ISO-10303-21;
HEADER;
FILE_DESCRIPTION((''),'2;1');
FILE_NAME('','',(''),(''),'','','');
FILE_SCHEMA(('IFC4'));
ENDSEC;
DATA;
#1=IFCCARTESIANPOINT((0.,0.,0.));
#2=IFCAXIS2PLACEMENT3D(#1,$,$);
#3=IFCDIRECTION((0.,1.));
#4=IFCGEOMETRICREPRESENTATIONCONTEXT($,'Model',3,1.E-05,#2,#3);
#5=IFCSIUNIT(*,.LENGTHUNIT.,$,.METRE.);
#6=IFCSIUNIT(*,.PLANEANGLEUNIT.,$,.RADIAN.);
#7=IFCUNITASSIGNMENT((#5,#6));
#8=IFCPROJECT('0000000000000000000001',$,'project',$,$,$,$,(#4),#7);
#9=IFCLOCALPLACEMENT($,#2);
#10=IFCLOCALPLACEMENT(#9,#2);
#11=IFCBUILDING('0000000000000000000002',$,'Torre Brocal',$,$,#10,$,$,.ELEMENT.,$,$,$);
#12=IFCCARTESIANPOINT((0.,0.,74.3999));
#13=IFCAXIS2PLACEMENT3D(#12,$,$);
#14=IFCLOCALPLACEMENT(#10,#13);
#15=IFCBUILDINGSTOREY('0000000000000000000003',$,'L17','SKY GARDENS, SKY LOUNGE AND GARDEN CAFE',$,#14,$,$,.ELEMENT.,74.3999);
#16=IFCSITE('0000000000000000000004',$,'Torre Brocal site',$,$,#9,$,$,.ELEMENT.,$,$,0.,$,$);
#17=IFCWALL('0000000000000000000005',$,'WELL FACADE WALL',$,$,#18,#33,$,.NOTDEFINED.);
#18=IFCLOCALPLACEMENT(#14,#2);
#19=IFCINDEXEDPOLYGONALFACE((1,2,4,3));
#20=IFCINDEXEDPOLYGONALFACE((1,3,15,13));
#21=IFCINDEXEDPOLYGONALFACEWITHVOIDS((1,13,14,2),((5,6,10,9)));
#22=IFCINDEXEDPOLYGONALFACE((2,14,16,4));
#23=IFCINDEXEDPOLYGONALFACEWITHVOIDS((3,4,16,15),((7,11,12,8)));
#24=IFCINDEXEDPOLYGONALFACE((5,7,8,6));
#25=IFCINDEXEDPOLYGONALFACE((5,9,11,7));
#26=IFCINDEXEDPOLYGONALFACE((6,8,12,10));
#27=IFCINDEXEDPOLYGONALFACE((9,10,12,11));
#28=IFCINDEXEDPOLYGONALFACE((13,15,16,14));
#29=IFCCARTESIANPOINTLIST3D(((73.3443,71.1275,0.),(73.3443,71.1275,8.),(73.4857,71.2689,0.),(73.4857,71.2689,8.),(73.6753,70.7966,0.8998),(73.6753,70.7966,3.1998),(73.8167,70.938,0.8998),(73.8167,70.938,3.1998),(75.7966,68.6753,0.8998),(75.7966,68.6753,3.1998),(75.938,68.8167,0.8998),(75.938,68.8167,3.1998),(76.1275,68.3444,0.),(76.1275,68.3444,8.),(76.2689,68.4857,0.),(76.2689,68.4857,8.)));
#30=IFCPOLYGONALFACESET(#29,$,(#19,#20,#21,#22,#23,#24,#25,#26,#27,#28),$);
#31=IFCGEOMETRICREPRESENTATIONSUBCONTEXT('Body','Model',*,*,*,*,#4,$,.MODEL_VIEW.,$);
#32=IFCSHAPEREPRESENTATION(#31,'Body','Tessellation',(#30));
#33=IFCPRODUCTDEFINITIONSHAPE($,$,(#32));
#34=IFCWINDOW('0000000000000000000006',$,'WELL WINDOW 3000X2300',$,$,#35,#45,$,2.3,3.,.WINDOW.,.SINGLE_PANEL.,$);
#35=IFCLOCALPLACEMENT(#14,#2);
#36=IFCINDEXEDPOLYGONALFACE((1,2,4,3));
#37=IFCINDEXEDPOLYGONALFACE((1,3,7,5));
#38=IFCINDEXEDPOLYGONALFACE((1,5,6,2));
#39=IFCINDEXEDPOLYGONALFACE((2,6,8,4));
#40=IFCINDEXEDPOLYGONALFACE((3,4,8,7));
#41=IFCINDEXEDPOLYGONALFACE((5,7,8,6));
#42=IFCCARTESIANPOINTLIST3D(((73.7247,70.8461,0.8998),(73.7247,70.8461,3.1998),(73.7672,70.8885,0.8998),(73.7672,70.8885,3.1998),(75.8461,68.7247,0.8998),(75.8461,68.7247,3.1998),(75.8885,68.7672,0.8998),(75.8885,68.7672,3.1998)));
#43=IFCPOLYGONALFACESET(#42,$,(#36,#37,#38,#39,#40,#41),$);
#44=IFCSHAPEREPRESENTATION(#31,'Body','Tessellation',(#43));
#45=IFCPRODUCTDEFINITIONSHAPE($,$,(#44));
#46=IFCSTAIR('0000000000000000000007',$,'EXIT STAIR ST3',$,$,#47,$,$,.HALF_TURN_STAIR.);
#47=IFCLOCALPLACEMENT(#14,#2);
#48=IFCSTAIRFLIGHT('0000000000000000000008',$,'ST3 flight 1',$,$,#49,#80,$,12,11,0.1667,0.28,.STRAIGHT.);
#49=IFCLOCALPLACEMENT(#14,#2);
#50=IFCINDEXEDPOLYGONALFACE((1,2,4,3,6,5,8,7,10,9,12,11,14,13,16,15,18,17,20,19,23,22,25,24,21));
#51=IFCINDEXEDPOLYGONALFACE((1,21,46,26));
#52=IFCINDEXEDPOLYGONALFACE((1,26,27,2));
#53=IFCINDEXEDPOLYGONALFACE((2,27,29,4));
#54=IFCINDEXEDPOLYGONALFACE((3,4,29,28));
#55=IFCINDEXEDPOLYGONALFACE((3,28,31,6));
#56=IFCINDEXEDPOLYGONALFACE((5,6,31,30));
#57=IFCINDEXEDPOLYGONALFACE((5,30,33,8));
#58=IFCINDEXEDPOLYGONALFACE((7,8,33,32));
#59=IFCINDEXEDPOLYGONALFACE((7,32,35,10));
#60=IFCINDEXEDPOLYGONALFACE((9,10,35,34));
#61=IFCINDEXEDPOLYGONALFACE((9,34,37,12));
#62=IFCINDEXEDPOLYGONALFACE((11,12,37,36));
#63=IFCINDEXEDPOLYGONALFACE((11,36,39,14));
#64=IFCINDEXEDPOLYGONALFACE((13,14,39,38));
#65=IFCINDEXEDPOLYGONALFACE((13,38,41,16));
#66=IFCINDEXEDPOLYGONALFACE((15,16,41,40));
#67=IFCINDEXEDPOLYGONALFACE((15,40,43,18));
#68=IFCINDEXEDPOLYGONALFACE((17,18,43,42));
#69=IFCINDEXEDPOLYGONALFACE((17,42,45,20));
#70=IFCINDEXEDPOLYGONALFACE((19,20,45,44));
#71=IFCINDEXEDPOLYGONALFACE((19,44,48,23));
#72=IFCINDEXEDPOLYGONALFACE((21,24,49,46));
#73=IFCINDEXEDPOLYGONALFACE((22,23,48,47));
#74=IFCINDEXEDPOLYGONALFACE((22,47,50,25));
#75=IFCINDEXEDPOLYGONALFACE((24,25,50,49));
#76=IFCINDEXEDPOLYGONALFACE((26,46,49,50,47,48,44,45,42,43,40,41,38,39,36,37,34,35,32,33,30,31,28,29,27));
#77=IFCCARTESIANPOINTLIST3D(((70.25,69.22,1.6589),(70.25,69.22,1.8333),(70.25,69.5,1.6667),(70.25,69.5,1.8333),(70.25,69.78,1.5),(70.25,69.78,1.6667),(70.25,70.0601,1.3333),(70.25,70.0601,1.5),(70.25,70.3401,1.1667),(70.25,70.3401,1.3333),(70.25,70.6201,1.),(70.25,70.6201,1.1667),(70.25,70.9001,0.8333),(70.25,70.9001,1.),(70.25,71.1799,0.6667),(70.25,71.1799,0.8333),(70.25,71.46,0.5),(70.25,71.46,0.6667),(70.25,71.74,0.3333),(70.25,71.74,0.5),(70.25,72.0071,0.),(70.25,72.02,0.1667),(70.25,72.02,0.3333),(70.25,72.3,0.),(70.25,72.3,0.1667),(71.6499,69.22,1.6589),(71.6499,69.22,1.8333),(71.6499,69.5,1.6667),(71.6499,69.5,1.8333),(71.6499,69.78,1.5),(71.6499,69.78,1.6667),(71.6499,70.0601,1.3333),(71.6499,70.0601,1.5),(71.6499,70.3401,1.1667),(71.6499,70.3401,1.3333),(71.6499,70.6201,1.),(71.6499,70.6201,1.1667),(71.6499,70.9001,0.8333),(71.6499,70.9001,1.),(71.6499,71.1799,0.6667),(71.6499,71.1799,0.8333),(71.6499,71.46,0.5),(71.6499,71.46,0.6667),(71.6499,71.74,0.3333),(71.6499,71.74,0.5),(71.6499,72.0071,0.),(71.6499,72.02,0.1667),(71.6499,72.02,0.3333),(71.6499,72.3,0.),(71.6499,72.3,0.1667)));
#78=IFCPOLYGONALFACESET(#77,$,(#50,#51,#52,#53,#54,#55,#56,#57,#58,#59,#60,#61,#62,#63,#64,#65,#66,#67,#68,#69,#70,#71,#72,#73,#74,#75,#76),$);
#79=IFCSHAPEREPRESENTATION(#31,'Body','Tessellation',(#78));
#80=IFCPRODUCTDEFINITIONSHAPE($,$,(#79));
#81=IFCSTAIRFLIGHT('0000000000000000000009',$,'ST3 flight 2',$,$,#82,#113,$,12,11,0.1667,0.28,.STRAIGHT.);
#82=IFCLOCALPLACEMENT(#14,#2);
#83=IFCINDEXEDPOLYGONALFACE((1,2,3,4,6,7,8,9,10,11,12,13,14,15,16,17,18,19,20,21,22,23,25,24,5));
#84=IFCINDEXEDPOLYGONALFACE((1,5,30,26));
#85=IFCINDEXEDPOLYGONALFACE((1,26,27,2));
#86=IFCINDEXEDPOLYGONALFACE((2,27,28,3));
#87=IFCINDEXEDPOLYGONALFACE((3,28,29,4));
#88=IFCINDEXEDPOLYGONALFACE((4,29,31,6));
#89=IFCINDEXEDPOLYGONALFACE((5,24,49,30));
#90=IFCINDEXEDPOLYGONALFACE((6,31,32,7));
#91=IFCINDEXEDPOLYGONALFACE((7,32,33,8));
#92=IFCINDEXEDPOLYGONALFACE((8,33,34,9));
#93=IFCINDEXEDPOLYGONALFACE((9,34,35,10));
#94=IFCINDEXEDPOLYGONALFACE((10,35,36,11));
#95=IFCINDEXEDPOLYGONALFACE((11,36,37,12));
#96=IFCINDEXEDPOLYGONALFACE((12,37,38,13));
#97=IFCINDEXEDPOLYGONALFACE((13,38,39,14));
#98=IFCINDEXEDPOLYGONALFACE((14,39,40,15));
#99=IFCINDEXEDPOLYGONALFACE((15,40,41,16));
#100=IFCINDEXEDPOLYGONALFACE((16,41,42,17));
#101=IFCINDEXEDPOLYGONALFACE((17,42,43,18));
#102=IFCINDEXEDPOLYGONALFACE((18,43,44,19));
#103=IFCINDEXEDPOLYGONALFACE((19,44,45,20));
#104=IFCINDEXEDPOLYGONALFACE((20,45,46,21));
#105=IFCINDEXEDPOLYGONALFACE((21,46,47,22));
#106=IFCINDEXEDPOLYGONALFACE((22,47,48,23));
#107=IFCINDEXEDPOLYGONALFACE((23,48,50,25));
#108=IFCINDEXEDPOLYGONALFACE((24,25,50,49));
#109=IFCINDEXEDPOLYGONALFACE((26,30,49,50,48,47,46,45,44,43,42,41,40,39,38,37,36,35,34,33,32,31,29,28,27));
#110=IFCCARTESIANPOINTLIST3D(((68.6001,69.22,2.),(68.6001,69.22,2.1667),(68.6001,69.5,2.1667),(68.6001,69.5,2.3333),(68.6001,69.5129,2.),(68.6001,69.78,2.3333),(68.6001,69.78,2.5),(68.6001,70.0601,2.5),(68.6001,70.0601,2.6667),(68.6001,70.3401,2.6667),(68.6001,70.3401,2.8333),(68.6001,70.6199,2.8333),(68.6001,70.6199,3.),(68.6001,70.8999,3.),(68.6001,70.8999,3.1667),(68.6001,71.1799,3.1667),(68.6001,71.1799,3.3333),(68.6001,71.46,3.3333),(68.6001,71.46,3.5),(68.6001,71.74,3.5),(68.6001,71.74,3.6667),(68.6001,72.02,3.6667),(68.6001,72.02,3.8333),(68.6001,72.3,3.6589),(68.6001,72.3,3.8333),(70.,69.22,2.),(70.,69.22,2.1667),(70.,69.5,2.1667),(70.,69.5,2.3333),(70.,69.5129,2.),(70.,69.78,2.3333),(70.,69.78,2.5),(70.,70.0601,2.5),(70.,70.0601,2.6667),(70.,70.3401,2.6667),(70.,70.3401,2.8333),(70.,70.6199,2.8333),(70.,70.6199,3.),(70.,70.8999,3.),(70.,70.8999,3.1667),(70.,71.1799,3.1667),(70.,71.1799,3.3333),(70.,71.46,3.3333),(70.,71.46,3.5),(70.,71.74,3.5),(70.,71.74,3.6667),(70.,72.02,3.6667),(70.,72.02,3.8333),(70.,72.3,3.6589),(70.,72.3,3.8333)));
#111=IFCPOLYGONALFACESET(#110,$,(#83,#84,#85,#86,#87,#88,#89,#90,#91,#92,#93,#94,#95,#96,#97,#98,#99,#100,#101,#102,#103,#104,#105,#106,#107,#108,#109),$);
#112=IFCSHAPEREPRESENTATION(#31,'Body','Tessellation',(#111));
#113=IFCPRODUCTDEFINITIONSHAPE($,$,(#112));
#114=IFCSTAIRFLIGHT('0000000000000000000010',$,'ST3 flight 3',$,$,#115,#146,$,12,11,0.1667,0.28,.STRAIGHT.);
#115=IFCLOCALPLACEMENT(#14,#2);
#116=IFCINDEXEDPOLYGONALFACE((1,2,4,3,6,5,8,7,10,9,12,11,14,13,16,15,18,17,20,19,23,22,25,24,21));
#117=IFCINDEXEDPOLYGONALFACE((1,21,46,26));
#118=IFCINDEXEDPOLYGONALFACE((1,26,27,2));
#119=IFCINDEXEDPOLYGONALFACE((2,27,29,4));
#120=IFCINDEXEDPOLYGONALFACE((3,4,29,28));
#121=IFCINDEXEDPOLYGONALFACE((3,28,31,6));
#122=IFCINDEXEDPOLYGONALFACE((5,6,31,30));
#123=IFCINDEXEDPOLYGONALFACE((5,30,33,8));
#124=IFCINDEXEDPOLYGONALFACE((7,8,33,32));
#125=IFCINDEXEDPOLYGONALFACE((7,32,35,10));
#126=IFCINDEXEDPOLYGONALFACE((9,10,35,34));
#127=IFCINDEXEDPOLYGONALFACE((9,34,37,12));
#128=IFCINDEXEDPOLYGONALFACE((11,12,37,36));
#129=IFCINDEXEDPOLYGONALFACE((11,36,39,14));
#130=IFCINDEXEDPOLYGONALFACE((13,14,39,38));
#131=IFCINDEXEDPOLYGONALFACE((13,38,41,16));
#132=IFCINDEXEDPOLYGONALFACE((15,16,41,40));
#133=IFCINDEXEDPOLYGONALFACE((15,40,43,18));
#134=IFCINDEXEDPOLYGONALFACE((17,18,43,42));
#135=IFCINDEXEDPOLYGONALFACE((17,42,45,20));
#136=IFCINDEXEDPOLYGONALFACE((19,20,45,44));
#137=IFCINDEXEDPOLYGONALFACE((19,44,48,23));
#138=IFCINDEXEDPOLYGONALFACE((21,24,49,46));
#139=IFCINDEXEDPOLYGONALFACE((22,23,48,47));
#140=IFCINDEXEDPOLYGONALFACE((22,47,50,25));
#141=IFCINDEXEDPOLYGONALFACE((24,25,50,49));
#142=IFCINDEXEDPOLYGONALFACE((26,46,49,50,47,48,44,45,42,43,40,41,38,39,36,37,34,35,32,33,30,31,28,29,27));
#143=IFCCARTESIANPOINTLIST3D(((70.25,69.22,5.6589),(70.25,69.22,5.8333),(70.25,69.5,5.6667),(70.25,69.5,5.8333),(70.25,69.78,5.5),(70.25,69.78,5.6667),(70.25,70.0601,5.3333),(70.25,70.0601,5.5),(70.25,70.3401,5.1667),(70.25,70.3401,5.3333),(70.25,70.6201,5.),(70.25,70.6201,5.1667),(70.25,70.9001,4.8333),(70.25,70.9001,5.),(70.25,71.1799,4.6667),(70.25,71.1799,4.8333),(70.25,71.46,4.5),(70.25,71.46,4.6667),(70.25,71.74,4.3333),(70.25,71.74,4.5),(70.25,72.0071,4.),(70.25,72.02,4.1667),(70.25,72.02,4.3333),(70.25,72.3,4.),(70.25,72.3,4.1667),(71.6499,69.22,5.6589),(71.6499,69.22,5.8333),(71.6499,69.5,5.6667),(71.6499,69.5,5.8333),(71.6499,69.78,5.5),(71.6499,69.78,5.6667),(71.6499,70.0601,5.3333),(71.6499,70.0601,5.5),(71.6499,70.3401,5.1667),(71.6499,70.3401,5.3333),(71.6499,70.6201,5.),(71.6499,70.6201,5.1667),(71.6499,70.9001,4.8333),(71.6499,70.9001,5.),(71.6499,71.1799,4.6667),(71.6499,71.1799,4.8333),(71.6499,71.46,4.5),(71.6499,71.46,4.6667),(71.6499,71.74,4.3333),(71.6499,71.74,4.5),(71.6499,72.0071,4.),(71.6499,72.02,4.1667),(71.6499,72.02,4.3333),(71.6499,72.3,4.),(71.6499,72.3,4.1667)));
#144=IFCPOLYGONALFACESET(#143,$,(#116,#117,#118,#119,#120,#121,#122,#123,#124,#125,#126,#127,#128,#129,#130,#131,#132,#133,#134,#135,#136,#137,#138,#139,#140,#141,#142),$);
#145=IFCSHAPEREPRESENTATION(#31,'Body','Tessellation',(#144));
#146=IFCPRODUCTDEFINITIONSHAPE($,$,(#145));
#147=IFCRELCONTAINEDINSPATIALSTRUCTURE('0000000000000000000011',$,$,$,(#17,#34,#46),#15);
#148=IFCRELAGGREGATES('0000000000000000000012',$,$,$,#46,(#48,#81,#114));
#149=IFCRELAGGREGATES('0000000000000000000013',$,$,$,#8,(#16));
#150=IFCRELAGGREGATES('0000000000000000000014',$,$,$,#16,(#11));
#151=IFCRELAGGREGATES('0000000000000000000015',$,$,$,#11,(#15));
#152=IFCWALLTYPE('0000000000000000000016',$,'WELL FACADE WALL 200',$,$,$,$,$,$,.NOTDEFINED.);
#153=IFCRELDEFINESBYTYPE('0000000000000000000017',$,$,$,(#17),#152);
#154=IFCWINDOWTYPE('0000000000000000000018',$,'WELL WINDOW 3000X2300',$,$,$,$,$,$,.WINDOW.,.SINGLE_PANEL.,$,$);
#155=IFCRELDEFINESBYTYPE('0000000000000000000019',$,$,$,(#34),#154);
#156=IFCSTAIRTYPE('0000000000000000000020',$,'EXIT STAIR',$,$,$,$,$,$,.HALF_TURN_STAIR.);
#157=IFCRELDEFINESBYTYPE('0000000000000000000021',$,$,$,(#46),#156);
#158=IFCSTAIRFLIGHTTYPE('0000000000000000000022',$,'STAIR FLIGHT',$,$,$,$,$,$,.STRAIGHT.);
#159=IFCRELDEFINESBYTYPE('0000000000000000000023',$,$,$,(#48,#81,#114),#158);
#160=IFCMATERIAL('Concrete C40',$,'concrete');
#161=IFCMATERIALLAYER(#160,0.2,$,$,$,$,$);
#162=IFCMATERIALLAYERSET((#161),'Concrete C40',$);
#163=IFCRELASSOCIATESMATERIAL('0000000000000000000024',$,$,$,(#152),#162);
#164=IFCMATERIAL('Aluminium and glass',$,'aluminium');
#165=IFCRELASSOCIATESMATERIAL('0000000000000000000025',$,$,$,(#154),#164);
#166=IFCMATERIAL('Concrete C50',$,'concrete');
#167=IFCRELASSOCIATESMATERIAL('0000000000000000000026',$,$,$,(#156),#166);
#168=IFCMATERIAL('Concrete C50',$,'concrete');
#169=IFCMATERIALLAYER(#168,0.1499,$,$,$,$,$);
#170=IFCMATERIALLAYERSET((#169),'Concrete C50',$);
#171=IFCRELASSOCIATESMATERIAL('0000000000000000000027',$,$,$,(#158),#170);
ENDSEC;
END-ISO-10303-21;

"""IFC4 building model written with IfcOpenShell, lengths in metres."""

from ifc_helpers import new_model, si_unit, direction, frame, frame_2d, origin, place, context, subcontext, project, spatial, polyline, rectangle, outline, extrude, material, layer, layer_set, type_object, element, fill, aggregate, save


model = new_model("IFC4")

# Units and contexts
model_context = context("Model", 3, precision=1e-05, world=origin(), true_north=direction((0.0, 1.0)))
body_context = subcontext(model_context, "Body", "Model", "MODEL_VIEW")
ifc_project = project(units=[si_unit("LENGTHUNIT", "METRE"), si_unit("PLANEANGLEUNIT", "RADIAN")], contexts=[model_context])

# Site, building, storey
site_placement = place(None, origin())
site = spatial("IfcSite", under=ifc_project, at=site_placement, Name="Torre Brocal site", CompositionType="ELEMENT", RefElevation=0.0)
building_placement = place(site_placement, origin())
building = spatial("IfcBuilding", under=site, at=building_placement, Name="Torre Brocal", CompositionType="ELEMENT")
storey_placement = place(building_placement, frame((0.0, 0.0, 74.3999)))
storey = spatial("IfcBuildingStorey", under=building, at=storey_placement, Name="L17", Description="SKY GARDENS, SKY LOUNGE AND GARDEN CAFE", CompositionType="ELEMENT", Elevation=74.3999)

# Wall, opening, window
ifc_material_1 = material(Name="Concrete C40", Category="concrete")
ifc_layer_1 = layer(ifc_material_1, 0.2)
ifc_layer_set_1 = layer_set([ifc_layer_1], Name="Concrete C40")
wall_type_1 = type_object("IfcWallType", Name="WELL FACADE WALL 200", PredefinedType="NOTDEFINED", material=ifc_layer_set_1)
wall_1_placement = place(storey_placement, frame((73.415, 71.1982, 0.0), z_axis=(0.0, 0.0, 1.0), x_axis=(0.707107, -0.707107, 0.0)))
wall_1 = element("IfcWall", 1, at=wall_1_placement, inside=storey, type_object=wall_type_1, Name="WELL FACADE WALL", PredefinedType="NOTDEFINED", context=body_context, shape_type="SweptSolid", body=[
    extrude(rectangle(XDim=3.936, YDim=0.2, at=frame_2d((1.968, 0.0))), origin(), (0.0, 0.0, 1.0), 8.0),
])
opening_1_placement = place(wall_1_placement, frame((0.468, 0.0, 0.8999)))
opening_1 = element("IfcOpeningElement", 2, at=opening_1_placement, cuts=wall_1, PredefinedType="OPENING", context=body_context, shape_type="SweptSolid", body=[
    extrude(rectangle(XDim=3.0, YDim=2.3, at=frame_2d((1.5, 1.1499))), frame((0.0, 0.1099, 0.0), z_axis=(0.0, -1.0, 0.0), x_axis=(1.0, 0.0, 0.0)), (0.0, 0.0, 1.0), 0.22),
])
ifc_material_2 = material(Name="Aluminium and glass", Category="aluminium")
window_type_1 = type_object("IfcWindowType", Name="WELL WINDOW 3000X2300", PartitioningType="SINGLE_PANEL", PredefinedType="WINDOW", material=ifc_material_2)
window_1_placement = place(opening_1_placement, origin())
window_1 = element("IfcWindow", 3, at=window_1_placement, inside=storey, type_object=window_type_1, Name="WELL WINDOW 3000X2300", OverallHeight=2.3, OverallWidth=3.0, PartitioningType="SINGLE_PANEL", PredefinedType="WINDOW", context=body_context, shape_type="SweptSolid", body=[
    extrude(rectangle(XDim=3.0, YDim=2.3, at=frame_2d((1.5, 1.1499))), frame((0.0, 0.03, 0.0), z_axis=(0.0, -1.0, 0.0), x_axis=(1.0, 0.0, 0.0)), (0.0, 0.0, 1.0), 0.0601),
])
fill(opening_1, window_1)

# Stair, stair flights
ifc_material_3 = material(Name="Concrete C50", Category="concrete")
stair_type = type_object("IfcStairType", Name="EXIT STAIR", PredefinedType="HALF_TURN_STAIR", material=ifc_material_3)
stair_placement = place(storey_placement, origin())
stair = element("IfcStair", 4, at=stair_placement, inside=storey, type_object=stair_type, Name="EXIT STAIR ST3", PredefinedType="HALF_TURN_STAIR")
ifc_material_4 = material(Name="Concrete C50", Category="concrete")
ifc_layer_2 = layer(ifc_material_4, 0.1499)
ifc_layer_set_2 = layer_set([ifc_layer_2], Name="Concrete C50")
stair_flight_type = type_object("IfcStairFlightType", Name="STAIR FLIGHT", PredefinedType="STRAIGHT", material=ifc_layer_set_2)
stair_flight_1_placement = place(storey_placement, frame((70.95, 72.3, 0.0), z_axis=(0.0, 0.0, 1.0), x_axis=(0.0, -1.0, 0.0)))
stair_flight_1 = element("IfcStairFlight", 5, at=stair_flight_1_placement, type_object=stair_flight_type, Name="ST3 flight 1", NumberOfRisers=12, NumberOfTreads=11, PredefinedType="STRAIGHT", RiserHeight=0.1667, TreadLength=0.28, context=body_context, shape_type="SweptSolid", body=[
    extrude(outline(polyline([(0.0, 0.0), (0.0, 0.1667), (0.28, 0.1667), (0.28, 0.3333), (0.5601, 0.3333), (0.5601, 0.5), (0.8401, 0.5), (0.8401, 0.6667), (1.1201, 0.6667), (1.1201, 0.8333), (1.3999, 0.8333), (1.3999, 1.0), (1.6799, 1.0), (1.6799, 1.1667), (1.96, 1.1667), (1.96, 1.3333), (2.24, 1.3333), (2.24, 1.5), (2.52, 1.5), (2.52, 1.6667), (2.8, 1.6667), (2.8, 1.8333), (3.0801, 1.8333), (3.0801, 2.0), (3.0801, 1.6589), (0.293, 0.0), (0.0, 0.0)])), frame((0.0, 0.7, 0.0), z_axis=(0.0, -1.0, 0.0), x_axis=(1.0, 0.0, 0.0)), (0.0, 0.0, 1.0), 1.3999),
])
stair_flight_2_placement = place(storey_placement, frame((69.3, 69.22, 2.0), z_axis=(0.0, 0.0, 1.0), x_axis=(0.0, 1.0, 0.0)))
stair_flight_2 = element("IfcStairFlight", 6, at=stair_flight_2_placement, type_object=stair_flight_type, Name="ST3 flight 2", NumberOfRisers=12, NumberOfTreads=11, PredefinedType="STRAIGHT", RiserHeight=0.1667, TreadLength=0.28, context=body_context, shape_type="SweptSolid", body=[
    extrude(outline(polyline([(0.0, 0.0), (0.0, 0.1667), (0.28, 0.1667), (0.28, 0.3333), (0.5601, 0.3333), (0.5601, 0.5), (0.8401, 0.5), (0.8401, 0.6667), (1.1201, 0.6667), (1.1201, 0.8333), (1.3999, 0.8333), (1.3999, 1.0), (1.6799, 1.0), (1.6799, 1.1667), (1.96, 1.1667), (1.96, 1.3333), (2.24, 1.3333), (2.24, 1.5), (2.52, 1.5), (2.52, 1.6667), (2.8, 1.6667), (2.8, 1.8333), (3.0801, 1.8333), (3.0801, 2.0), (3.0801, 1.6589), (0.293, 0.0), (0.0, 0.0)])), frame((0.0, 0.7, 0.0), z_axis=(0.0, -1.0, 0.0), x_axis=(1.0, 0.0, 0.0)), (0.0, 0.0, 1.0), 1.3999),
])
stair_flight_3_placement = place(storey_placement, frame((70.95, 72.3, 4.0), z_axis=(0.0, 0.0, 1.0), x_axis=(0.0, -1.0, 0.0)))
stair_flight_3 = element("IfcStairFlight", 7, at=stair_flight_3_placement, type_object=stair_flight_type, Name="ST3 flight 3", NumberOfRisers=12, NumberOfTreads=11, PredefinedType="STRAIGHT", RiserHeight=0.1667, TreadLength=0.28, context=body_context, shape_type="SweptSolid", body=[
    extrude(outline(polyline([(0.0, 0.0), (0.0, 0.1667), (0.28, 0.1667), (0.28, 0.3333), (0.5601, 0.3333), (0.5601, 0.5), (0.8401, 0.5), (0.8401, 0.6667), (1.1201, 0.6667), (1.1201, 0.8333), (1.3999, 0.8333), (1.3999, 1.0), (1.6799, 1.0), (1.6799, 1.1667), (1.96, 1.1667), (1.96, 1.3333), (2.24, 1.3333), (2.24, 1.5), (2.52, 1.5), (2.52, 1.6667), (2.8, 1.6667), (2.8, 1.8333), (3.0801, 1.8333), (3.0801, 2.0), (3.0801, 1.6589), (0.293, 0.0), (0.0, 0.0)])), frame((0.0, 0.7, 0.0), z_axis=(0.0, -1.0, 0.0), x_axis=(1.0, 0.0, 0.0)), (0.0, 0.0, 1.0), 1.3999),
])
aggregate(stair, [stair_flight_1, stair_flight_2, stair_flight_3])

save(model, "model.ifc")
